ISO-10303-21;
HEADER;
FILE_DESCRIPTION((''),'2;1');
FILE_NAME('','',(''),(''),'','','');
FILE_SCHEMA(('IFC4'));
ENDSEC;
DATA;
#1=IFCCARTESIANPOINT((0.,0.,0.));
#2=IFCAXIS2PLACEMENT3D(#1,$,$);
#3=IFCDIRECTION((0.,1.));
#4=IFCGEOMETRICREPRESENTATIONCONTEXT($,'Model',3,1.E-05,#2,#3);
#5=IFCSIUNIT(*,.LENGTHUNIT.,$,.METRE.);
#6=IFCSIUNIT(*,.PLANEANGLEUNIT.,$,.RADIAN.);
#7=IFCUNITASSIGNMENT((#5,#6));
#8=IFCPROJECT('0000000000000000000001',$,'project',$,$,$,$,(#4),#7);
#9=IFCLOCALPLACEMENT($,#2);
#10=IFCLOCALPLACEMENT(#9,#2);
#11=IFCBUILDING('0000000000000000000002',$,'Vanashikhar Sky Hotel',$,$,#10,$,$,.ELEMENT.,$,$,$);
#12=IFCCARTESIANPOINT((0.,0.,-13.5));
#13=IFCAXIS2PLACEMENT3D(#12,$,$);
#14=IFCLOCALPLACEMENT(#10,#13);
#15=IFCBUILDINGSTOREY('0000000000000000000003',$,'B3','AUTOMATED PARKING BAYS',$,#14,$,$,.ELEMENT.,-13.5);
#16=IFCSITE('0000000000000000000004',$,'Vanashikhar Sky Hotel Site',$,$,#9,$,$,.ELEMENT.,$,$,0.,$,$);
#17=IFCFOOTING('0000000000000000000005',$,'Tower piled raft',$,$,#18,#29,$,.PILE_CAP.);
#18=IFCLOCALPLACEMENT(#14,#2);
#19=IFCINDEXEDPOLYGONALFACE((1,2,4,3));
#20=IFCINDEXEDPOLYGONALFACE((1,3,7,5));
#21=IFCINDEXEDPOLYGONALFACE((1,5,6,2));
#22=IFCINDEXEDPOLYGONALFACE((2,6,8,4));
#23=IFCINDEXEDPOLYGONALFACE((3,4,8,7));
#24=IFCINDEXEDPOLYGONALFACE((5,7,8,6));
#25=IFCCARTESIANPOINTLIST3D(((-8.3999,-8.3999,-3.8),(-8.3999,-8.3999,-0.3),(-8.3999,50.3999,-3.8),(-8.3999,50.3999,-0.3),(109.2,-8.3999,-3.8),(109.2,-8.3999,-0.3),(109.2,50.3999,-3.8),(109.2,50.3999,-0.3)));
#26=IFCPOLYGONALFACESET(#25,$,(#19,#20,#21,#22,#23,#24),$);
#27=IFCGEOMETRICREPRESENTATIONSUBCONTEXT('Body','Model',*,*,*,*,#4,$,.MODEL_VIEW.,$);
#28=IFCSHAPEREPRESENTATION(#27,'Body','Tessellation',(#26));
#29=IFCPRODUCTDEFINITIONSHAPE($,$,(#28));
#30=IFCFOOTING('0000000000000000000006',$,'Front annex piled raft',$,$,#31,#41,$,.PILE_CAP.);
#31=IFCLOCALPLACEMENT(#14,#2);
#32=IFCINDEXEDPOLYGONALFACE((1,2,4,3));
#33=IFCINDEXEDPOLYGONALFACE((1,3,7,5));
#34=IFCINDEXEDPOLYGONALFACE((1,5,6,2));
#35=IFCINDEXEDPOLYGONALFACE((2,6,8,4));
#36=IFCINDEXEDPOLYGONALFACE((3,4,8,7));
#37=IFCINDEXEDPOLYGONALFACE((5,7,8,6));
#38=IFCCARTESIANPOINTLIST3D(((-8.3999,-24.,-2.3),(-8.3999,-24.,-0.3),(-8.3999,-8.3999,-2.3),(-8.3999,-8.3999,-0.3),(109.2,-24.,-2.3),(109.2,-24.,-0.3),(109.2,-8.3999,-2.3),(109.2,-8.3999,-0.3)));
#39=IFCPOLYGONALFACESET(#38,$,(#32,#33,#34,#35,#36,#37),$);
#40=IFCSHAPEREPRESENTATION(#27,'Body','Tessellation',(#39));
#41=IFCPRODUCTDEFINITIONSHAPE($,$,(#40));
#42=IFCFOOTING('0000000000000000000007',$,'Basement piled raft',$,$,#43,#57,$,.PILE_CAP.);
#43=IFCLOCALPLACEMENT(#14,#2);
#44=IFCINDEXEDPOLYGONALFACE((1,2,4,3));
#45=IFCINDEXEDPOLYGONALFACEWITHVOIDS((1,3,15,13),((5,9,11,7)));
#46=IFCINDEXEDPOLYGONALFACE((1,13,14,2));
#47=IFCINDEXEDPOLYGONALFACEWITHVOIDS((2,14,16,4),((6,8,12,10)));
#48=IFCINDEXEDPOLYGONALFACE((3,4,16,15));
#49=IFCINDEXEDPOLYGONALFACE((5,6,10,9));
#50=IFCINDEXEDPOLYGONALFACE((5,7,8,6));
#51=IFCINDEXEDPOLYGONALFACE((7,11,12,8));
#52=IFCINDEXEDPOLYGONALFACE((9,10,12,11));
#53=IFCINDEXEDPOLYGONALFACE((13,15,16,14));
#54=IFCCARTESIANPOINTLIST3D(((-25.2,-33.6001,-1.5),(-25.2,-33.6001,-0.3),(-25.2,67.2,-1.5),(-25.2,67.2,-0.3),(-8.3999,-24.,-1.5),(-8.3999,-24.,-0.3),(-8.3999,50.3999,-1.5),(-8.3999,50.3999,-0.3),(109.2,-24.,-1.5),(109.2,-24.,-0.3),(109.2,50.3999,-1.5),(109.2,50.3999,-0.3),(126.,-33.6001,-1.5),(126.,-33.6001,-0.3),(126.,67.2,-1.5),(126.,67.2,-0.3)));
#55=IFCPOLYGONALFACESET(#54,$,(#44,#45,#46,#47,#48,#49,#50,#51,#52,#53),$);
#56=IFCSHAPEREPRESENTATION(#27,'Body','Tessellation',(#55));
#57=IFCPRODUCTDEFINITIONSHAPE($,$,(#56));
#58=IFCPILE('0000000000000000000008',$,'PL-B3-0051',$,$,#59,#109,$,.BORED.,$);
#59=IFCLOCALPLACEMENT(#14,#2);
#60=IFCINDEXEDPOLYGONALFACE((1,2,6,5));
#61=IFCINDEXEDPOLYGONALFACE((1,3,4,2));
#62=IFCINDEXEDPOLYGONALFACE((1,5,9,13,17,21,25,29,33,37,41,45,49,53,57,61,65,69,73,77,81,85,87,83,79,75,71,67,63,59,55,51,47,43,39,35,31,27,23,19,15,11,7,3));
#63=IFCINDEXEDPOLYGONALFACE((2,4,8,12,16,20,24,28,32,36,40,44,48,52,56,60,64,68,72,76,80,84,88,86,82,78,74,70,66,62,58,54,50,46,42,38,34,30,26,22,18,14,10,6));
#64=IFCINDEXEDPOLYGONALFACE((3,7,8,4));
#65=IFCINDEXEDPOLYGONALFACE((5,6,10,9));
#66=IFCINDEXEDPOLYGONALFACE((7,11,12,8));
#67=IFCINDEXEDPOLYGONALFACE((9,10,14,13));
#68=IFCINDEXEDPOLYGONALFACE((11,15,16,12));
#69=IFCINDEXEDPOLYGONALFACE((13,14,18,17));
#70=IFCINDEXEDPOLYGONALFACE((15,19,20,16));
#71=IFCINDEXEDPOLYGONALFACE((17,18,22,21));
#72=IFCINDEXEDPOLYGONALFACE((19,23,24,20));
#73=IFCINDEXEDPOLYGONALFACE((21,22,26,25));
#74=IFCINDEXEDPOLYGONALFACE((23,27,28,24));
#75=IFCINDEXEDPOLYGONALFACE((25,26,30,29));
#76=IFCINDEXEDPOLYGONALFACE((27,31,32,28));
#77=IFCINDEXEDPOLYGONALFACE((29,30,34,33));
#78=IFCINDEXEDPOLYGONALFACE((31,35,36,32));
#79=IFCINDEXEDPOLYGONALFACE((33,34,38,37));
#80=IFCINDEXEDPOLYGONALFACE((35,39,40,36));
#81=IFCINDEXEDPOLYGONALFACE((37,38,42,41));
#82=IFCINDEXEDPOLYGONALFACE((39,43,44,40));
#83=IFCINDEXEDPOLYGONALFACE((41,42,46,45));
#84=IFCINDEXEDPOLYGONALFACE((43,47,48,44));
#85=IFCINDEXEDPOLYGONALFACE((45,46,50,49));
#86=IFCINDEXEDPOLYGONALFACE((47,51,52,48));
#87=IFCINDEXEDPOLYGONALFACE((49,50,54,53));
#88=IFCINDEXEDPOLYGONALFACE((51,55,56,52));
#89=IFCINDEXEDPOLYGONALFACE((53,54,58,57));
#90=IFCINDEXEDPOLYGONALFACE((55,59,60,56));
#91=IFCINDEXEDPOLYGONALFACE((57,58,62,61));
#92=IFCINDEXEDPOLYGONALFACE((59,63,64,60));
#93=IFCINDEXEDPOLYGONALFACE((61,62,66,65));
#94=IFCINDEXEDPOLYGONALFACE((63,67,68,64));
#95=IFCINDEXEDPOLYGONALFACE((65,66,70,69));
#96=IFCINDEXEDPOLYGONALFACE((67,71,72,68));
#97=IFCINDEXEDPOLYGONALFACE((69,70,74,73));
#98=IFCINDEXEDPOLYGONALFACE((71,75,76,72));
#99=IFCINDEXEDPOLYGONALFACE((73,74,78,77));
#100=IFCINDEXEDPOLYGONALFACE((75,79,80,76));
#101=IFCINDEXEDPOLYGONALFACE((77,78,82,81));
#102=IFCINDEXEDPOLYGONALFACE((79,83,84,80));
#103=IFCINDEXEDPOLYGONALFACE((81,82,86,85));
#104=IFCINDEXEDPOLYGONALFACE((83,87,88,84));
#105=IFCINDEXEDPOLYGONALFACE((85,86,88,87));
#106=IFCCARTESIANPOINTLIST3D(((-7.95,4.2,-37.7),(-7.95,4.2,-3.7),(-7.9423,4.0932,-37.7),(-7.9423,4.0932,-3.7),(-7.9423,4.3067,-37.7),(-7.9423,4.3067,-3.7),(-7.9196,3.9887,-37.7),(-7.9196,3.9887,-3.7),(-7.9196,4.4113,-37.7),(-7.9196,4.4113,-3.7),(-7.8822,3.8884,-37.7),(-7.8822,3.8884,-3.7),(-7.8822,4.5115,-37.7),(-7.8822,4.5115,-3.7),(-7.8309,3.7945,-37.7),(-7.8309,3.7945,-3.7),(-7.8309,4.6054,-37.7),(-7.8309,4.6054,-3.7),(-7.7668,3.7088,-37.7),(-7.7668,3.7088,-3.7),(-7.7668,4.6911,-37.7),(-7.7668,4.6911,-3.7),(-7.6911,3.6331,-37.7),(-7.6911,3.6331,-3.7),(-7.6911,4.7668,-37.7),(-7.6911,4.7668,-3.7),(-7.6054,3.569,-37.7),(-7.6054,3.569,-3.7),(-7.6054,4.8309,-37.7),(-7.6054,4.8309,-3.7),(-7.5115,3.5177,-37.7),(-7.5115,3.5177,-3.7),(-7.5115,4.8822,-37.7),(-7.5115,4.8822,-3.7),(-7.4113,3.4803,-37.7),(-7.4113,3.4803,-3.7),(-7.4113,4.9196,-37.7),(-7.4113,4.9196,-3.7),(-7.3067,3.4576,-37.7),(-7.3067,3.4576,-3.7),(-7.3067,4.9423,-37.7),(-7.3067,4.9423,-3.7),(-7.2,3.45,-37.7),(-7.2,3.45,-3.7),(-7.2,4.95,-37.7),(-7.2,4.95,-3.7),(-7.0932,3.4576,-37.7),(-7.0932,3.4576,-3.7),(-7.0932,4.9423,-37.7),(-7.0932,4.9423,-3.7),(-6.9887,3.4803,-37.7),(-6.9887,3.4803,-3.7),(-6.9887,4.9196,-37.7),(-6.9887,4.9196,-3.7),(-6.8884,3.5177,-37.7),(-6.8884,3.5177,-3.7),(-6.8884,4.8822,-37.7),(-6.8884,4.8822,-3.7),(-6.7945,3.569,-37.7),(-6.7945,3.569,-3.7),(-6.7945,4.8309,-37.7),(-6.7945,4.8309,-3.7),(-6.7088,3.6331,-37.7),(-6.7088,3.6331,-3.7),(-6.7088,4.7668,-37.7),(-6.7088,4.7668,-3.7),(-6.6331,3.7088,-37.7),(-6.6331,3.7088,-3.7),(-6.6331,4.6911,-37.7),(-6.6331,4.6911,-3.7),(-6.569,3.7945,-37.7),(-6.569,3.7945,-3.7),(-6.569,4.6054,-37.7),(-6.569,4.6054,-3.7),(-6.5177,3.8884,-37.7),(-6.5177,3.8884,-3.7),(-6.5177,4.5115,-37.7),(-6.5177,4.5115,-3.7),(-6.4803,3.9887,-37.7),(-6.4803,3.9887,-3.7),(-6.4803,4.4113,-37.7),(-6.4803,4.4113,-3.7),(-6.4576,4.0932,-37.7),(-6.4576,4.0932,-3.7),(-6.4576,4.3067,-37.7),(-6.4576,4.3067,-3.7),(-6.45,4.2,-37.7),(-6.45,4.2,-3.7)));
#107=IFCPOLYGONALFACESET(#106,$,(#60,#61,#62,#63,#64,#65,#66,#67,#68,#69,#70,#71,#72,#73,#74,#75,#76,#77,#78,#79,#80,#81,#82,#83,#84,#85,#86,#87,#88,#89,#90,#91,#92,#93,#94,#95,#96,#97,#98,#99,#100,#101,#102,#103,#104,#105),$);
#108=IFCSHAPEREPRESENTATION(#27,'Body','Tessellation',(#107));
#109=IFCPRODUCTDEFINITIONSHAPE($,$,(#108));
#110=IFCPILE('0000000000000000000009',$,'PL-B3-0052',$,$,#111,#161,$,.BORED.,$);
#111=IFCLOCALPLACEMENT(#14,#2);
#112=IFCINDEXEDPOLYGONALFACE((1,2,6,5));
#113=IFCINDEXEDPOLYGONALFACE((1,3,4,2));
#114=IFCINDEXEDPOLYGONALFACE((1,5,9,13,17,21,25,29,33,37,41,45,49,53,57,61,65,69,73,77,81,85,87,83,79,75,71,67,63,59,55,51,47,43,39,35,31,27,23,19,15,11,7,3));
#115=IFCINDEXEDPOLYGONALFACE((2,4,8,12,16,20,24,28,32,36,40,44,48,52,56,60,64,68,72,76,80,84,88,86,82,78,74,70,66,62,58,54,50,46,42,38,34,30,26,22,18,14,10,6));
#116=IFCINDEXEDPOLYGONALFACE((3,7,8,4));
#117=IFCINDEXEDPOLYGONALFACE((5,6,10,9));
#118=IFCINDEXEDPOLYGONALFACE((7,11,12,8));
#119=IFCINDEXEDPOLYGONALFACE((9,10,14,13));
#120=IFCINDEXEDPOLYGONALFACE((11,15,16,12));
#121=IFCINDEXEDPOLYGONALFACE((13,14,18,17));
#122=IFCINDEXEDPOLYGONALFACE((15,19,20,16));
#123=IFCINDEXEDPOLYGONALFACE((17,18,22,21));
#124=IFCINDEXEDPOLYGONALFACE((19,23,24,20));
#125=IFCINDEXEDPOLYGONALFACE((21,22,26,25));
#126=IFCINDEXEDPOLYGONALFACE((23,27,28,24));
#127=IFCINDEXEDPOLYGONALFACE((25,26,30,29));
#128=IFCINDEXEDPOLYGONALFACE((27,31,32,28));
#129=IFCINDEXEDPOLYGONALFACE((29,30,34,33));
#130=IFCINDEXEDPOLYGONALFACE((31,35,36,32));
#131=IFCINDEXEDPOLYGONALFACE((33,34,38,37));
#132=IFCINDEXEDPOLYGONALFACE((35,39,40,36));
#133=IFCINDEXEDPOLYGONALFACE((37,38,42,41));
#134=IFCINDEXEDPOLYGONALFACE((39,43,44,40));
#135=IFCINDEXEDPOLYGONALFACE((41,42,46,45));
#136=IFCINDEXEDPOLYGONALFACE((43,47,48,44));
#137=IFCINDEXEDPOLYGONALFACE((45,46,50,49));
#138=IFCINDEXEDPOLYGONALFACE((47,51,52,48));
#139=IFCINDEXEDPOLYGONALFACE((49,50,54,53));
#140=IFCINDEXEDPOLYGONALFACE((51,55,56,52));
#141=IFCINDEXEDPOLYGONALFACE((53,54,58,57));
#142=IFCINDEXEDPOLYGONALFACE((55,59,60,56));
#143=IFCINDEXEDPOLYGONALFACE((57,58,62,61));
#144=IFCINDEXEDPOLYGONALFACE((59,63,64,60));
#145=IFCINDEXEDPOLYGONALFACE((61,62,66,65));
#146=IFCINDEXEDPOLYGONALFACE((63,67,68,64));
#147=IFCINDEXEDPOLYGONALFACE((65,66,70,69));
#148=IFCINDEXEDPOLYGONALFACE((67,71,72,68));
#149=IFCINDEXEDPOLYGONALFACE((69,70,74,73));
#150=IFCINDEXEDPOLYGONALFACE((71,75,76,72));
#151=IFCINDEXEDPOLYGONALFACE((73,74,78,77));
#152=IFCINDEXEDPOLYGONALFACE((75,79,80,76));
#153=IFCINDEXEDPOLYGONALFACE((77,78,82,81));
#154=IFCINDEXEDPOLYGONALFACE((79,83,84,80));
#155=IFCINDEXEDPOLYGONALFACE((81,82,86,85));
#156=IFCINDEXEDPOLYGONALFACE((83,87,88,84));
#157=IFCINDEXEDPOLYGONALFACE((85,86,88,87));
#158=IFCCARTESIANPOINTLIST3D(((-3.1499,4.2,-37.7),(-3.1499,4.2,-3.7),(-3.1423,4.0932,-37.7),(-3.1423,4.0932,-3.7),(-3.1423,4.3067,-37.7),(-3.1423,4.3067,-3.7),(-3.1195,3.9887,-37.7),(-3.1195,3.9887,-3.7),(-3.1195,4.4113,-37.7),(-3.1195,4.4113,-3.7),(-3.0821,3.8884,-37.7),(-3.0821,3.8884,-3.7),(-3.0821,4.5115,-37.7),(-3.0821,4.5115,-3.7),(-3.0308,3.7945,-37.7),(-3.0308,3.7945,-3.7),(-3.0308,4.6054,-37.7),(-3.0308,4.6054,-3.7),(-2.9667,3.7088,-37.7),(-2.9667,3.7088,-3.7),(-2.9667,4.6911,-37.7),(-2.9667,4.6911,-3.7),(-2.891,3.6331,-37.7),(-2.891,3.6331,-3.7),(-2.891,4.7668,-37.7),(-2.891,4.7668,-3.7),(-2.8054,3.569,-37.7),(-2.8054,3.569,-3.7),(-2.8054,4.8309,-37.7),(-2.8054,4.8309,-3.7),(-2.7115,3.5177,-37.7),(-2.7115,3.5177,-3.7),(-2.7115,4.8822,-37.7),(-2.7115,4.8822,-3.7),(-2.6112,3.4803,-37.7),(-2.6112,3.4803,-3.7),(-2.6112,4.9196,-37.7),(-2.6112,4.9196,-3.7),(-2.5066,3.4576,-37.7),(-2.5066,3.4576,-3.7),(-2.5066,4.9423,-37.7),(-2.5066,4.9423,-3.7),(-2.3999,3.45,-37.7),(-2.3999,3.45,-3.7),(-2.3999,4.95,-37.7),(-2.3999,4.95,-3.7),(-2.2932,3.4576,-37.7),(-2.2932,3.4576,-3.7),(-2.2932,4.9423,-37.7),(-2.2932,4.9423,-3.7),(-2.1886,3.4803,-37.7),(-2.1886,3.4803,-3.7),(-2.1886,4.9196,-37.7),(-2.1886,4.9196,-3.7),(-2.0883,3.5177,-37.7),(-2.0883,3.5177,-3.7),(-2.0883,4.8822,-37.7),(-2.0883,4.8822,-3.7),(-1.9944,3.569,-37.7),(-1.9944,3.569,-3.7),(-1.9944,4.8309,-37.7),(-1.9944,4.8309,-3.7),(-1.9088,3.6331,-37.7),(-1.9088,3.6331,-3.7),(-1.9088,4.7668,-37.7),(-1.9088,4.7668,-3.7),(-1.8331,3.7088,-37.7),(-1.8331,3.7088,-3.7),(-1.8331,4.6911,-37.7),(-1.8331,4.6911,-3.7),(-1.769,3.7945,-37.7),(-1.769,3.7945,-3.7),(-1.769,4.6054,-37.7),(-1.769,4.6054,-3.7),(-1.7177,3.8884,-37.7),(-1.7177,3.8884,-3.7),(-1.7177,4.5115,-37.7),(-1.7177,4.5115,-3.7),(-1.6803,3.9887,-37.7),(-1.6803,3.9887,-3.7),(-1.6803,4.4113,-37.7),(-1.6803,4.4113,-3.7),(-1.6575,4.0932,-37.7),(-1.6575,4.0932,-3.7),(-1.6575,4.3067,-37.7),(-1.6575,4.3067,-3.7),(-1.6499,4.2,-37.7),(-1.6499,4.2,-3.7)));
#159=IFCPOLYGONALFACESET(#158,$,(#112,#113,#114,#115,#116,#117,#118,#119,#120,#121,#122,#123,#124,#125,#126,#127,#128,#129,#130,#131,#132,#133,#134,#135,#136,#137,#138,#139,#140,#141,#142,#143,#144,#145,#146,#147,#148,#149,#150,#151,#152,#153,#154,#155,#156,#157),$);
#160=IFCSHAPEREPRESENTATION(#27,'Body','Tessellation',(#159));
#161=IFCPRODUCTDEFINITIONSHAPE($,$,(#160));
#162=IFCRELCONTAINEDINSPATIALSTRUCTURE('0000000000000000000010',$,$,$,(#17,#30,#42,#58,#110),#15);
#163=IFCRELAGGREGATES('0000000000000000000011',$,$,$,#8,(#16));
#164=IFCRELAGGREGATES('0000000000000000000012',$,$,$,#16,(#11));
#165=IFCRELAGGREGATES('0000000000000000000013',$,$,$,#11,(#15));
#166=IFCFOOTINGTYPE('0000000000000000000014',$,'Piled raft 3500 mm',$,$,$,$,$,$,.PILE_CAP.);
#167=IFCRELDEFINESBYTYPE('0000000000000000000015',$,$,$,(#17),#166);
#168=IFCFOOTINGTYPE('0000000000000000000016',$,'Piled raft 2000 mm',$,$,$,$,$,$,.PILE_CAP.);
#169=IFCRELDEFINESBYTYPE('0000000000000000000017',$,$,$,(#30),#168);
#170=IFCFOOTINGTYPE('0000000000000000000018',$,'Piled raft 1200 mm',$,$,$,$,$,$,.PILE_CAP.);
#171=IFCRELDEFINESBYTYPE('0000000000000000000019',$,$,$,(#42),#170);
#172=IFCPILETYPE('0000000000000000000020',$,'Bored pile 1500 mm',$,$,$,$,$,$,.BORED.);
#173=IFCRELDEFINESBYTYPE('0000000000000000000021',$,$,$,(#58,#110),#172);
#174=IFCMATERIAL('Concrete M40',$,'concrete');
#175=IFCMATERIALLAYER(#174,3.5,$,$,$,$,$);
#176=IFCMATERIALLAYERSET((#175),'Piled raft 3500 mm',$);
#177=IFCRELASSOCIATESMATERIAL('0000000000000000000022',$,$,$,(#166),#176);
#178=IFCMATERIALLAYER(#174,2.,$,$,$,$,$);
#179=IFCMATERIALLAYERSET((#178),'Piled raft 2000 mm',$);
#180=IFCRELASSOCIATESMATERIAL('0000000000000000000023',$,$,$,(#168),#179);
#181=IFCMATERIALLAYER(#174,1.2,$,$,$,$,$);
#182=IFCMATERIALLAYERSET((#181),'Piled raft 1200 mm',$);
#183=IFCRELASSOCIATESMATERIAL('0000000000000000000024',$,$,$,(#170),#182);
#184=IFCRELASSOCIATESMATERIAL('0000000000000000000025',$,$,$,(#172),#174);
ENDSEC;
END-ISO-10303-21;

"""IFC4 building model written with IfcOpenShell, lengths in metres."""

from ifc_helpers import new_model, si_unit, direction, frame, origin, origin_2d, place, context, subcontext, project, spatial, polyline, circle, outline, extrude, source, transform, mapped, material, layer, layer_set, type_object, element, save


model = new_model("IFC4")

# Units and contexts
model_context = context("Model", 3, precision=1e-05, world=origin(), true_north=direction((0.0, 1.0)))
body_context = subcontext(model_context, "Body", "Model", "MODEL_VIEW")
ifc_project = project(units=[si_unit("LENGTHUNIT", "METRE"), si_unit("PLANEANGLEUNIT", "RADIAN")], contexts=[model_context])

# Site, building, storey
site_placement = place(None, origin())
site = spatial("IfcSite", under=ifc_project, at=site_placement, Name="Vanashikhar Sky Hotel Site", CompositionType="ELEMENT", RefElevation=0.0)
building_placement = place(site_placement, origin())
building = spatial("IfcBuilding", under=site, at=building_placement, Name="Vanashikhar Sky Hotel", CompositionType="ELEMENT")
storey_placement = place(building_placement, frame((0.0, 0.0, -13.5)))
storey = spatial("IfcBuildingStorey", under=building, at=storey_placement, Name="B3", Description="AUTOMATED PARKING BAYS", CompositionType="ELEMENT", Elevation=-13.5)

# Footings
ifc_material_1 = material(Name="Concrete M40", Category="concrete")
ifc_layer_1 = layer(ifc_material_1, 3.5)
ifc_layer_set_1 = layer_set([ifc_layer_1], Name="Piled raft 3500 mm")
footing_type_1 = type_object("IfcFootingType", Name="Piled raft 3500 mm", PredefinedType="PILE_CAP", material=ifc_layer_set_1)
shared_shape_1 = source(origin(), body_context, "Body", "SweptSolid", [
    extrude(outline(polyline([(109.2, -8.3999), (109.2, 50.3999), (-8.3999, 50.3999), (-8.3999, -8.3999), (109.2, -8.3999)])), origin(), (0.0, 0.0, 1.0), 3.5),
])
footing_1_placement = place(storey_placement, frame((0.0, 0.0, -3.8)))
element("IfcFooting", 1, at=footing_1_placement, inside=storey, type_object=footing_type_1, Name="Tower piled raft", PredefinedType="PILE_CAP", context=body_context, shape_type="MappedRepresentation", body=[
    mapped(shared_shape_1, transform((0.0, 0.0, 0.0), scale=1.0)),
])
ifc_layer_2 = layer(ifc_material_1, 2.0)
ifc_layer_set_2 = layer_set([ifc_layer_2], Name="Piled raft 2000 mm")
footing_type_2 = type_object("IfcFootingType", Name="Piled raft 2000 mm", PredefinedType="PILE_CAP", material=ifc_layer_set_2)
shared_shape_2 = source(origin(), body_context, "Body", "SweptSolid", [
    extrude(outline(polyline([(109.2, -24.0), (109.2, -8.3999), (-8.3999, -8.3999), (-8.3999, -24.0), (109.2, -24.0)])), origin(), (0.0, 0.0, 1.0), 2.0),
])
footing_2_placement = place(storey_placement, frame((0.0, 0.0, -2.3)))
element("IfcFooting", 2, at=footing_2_placement, inside=storey, type_object=footing_type_2, Name="Front annex piled raft", PredefinedType="PILE_CAP", context=body_context, shape_type="MappedRepresentation", body=[
    mapped(shared_shape_2, transform((0.0, 0.0, 0.0), scale=1.0)),
])
ifc_layer_3 = layer(ifc_material_1, 1.2)
ifc_layer_set_3 = layer_set([ifc_layer_3], Name="Piled raft 1200 mm")
footing_type_3 = type_object("IfcFootingType", Name="Piled raft 1200 mm", PredefinedType="PILE_CAP", material=ifc_layer_set_3)
shared_shape_3 = source(origin(), body_context, "Body", "SweptSolid", [
    extrude(outline(polyline([(-25.2, -33.6001), (126.0, -33.6001), (126.0, 67.2), (-25.2, 67.2), (-25.2, -33.6001)]), holes=[polyline([(109.2, -24.0), (109.2, 50.3999), (-8.3999, 50.3999), (-8.3999, -24.0), (109.2, -24.0)])]), origin(), (0.0, 0.0, 1.0), 1.2),
])
footing_3_placement = place(storey_placement, frame((0.0, 0.0, -1.5)))
element("IfcFooting", 3, at=footing_3_placement, inside=storey, type_object=footing_type_3, Name="Basement piled raft", PredefinedType="PILE_CAP", context=body_context, shape_type="MappedRepresentation", body=[
    mapped(shared_shape_3, transform((0.0, 0.0, 0.0), scale=1.0)),
])

# Piles
pile_type_1 = type_object("IfcPileType", Name="Bored pile 1500 mm", PredefinedType="BORED", material=ifc_material_1)
shared_shape_4 = source(origin(), body_context, "Body", "SweptSolid", [
    extrude(circle(Radius=0.75, at=origin_2d()), origin(), (0.0, 0.0, 1.0), 34.0),
])
for number, where, z_axis, x_axis, name in (
    (4, (-7.2, 4.2, -3.7), (0.0, 0.0, -1.0), (1.0, 0.0, 0.0), "PL-B3-0051"),
    (5, (-2.3999, 4.2, -3.7), (0.0, 0.0, -1.0), (1.0, 0.0, 0.0), "PL-B3-0052"),
):
    element("IfcPile", number, at=place(storey_placement, frame(where, z_axis=z_axis, x_axis=x_axis)), inside=storey, type_object=pile_type_1, Name=name, PredefinedType="BORED", context=body_context, shape_type="MappedRepresentation", body=[
        mapped(shared_shape_4, transform((0.0, 0.0, 0.0), scale=1.0)),
    ])

save(model, "model.ifc")
